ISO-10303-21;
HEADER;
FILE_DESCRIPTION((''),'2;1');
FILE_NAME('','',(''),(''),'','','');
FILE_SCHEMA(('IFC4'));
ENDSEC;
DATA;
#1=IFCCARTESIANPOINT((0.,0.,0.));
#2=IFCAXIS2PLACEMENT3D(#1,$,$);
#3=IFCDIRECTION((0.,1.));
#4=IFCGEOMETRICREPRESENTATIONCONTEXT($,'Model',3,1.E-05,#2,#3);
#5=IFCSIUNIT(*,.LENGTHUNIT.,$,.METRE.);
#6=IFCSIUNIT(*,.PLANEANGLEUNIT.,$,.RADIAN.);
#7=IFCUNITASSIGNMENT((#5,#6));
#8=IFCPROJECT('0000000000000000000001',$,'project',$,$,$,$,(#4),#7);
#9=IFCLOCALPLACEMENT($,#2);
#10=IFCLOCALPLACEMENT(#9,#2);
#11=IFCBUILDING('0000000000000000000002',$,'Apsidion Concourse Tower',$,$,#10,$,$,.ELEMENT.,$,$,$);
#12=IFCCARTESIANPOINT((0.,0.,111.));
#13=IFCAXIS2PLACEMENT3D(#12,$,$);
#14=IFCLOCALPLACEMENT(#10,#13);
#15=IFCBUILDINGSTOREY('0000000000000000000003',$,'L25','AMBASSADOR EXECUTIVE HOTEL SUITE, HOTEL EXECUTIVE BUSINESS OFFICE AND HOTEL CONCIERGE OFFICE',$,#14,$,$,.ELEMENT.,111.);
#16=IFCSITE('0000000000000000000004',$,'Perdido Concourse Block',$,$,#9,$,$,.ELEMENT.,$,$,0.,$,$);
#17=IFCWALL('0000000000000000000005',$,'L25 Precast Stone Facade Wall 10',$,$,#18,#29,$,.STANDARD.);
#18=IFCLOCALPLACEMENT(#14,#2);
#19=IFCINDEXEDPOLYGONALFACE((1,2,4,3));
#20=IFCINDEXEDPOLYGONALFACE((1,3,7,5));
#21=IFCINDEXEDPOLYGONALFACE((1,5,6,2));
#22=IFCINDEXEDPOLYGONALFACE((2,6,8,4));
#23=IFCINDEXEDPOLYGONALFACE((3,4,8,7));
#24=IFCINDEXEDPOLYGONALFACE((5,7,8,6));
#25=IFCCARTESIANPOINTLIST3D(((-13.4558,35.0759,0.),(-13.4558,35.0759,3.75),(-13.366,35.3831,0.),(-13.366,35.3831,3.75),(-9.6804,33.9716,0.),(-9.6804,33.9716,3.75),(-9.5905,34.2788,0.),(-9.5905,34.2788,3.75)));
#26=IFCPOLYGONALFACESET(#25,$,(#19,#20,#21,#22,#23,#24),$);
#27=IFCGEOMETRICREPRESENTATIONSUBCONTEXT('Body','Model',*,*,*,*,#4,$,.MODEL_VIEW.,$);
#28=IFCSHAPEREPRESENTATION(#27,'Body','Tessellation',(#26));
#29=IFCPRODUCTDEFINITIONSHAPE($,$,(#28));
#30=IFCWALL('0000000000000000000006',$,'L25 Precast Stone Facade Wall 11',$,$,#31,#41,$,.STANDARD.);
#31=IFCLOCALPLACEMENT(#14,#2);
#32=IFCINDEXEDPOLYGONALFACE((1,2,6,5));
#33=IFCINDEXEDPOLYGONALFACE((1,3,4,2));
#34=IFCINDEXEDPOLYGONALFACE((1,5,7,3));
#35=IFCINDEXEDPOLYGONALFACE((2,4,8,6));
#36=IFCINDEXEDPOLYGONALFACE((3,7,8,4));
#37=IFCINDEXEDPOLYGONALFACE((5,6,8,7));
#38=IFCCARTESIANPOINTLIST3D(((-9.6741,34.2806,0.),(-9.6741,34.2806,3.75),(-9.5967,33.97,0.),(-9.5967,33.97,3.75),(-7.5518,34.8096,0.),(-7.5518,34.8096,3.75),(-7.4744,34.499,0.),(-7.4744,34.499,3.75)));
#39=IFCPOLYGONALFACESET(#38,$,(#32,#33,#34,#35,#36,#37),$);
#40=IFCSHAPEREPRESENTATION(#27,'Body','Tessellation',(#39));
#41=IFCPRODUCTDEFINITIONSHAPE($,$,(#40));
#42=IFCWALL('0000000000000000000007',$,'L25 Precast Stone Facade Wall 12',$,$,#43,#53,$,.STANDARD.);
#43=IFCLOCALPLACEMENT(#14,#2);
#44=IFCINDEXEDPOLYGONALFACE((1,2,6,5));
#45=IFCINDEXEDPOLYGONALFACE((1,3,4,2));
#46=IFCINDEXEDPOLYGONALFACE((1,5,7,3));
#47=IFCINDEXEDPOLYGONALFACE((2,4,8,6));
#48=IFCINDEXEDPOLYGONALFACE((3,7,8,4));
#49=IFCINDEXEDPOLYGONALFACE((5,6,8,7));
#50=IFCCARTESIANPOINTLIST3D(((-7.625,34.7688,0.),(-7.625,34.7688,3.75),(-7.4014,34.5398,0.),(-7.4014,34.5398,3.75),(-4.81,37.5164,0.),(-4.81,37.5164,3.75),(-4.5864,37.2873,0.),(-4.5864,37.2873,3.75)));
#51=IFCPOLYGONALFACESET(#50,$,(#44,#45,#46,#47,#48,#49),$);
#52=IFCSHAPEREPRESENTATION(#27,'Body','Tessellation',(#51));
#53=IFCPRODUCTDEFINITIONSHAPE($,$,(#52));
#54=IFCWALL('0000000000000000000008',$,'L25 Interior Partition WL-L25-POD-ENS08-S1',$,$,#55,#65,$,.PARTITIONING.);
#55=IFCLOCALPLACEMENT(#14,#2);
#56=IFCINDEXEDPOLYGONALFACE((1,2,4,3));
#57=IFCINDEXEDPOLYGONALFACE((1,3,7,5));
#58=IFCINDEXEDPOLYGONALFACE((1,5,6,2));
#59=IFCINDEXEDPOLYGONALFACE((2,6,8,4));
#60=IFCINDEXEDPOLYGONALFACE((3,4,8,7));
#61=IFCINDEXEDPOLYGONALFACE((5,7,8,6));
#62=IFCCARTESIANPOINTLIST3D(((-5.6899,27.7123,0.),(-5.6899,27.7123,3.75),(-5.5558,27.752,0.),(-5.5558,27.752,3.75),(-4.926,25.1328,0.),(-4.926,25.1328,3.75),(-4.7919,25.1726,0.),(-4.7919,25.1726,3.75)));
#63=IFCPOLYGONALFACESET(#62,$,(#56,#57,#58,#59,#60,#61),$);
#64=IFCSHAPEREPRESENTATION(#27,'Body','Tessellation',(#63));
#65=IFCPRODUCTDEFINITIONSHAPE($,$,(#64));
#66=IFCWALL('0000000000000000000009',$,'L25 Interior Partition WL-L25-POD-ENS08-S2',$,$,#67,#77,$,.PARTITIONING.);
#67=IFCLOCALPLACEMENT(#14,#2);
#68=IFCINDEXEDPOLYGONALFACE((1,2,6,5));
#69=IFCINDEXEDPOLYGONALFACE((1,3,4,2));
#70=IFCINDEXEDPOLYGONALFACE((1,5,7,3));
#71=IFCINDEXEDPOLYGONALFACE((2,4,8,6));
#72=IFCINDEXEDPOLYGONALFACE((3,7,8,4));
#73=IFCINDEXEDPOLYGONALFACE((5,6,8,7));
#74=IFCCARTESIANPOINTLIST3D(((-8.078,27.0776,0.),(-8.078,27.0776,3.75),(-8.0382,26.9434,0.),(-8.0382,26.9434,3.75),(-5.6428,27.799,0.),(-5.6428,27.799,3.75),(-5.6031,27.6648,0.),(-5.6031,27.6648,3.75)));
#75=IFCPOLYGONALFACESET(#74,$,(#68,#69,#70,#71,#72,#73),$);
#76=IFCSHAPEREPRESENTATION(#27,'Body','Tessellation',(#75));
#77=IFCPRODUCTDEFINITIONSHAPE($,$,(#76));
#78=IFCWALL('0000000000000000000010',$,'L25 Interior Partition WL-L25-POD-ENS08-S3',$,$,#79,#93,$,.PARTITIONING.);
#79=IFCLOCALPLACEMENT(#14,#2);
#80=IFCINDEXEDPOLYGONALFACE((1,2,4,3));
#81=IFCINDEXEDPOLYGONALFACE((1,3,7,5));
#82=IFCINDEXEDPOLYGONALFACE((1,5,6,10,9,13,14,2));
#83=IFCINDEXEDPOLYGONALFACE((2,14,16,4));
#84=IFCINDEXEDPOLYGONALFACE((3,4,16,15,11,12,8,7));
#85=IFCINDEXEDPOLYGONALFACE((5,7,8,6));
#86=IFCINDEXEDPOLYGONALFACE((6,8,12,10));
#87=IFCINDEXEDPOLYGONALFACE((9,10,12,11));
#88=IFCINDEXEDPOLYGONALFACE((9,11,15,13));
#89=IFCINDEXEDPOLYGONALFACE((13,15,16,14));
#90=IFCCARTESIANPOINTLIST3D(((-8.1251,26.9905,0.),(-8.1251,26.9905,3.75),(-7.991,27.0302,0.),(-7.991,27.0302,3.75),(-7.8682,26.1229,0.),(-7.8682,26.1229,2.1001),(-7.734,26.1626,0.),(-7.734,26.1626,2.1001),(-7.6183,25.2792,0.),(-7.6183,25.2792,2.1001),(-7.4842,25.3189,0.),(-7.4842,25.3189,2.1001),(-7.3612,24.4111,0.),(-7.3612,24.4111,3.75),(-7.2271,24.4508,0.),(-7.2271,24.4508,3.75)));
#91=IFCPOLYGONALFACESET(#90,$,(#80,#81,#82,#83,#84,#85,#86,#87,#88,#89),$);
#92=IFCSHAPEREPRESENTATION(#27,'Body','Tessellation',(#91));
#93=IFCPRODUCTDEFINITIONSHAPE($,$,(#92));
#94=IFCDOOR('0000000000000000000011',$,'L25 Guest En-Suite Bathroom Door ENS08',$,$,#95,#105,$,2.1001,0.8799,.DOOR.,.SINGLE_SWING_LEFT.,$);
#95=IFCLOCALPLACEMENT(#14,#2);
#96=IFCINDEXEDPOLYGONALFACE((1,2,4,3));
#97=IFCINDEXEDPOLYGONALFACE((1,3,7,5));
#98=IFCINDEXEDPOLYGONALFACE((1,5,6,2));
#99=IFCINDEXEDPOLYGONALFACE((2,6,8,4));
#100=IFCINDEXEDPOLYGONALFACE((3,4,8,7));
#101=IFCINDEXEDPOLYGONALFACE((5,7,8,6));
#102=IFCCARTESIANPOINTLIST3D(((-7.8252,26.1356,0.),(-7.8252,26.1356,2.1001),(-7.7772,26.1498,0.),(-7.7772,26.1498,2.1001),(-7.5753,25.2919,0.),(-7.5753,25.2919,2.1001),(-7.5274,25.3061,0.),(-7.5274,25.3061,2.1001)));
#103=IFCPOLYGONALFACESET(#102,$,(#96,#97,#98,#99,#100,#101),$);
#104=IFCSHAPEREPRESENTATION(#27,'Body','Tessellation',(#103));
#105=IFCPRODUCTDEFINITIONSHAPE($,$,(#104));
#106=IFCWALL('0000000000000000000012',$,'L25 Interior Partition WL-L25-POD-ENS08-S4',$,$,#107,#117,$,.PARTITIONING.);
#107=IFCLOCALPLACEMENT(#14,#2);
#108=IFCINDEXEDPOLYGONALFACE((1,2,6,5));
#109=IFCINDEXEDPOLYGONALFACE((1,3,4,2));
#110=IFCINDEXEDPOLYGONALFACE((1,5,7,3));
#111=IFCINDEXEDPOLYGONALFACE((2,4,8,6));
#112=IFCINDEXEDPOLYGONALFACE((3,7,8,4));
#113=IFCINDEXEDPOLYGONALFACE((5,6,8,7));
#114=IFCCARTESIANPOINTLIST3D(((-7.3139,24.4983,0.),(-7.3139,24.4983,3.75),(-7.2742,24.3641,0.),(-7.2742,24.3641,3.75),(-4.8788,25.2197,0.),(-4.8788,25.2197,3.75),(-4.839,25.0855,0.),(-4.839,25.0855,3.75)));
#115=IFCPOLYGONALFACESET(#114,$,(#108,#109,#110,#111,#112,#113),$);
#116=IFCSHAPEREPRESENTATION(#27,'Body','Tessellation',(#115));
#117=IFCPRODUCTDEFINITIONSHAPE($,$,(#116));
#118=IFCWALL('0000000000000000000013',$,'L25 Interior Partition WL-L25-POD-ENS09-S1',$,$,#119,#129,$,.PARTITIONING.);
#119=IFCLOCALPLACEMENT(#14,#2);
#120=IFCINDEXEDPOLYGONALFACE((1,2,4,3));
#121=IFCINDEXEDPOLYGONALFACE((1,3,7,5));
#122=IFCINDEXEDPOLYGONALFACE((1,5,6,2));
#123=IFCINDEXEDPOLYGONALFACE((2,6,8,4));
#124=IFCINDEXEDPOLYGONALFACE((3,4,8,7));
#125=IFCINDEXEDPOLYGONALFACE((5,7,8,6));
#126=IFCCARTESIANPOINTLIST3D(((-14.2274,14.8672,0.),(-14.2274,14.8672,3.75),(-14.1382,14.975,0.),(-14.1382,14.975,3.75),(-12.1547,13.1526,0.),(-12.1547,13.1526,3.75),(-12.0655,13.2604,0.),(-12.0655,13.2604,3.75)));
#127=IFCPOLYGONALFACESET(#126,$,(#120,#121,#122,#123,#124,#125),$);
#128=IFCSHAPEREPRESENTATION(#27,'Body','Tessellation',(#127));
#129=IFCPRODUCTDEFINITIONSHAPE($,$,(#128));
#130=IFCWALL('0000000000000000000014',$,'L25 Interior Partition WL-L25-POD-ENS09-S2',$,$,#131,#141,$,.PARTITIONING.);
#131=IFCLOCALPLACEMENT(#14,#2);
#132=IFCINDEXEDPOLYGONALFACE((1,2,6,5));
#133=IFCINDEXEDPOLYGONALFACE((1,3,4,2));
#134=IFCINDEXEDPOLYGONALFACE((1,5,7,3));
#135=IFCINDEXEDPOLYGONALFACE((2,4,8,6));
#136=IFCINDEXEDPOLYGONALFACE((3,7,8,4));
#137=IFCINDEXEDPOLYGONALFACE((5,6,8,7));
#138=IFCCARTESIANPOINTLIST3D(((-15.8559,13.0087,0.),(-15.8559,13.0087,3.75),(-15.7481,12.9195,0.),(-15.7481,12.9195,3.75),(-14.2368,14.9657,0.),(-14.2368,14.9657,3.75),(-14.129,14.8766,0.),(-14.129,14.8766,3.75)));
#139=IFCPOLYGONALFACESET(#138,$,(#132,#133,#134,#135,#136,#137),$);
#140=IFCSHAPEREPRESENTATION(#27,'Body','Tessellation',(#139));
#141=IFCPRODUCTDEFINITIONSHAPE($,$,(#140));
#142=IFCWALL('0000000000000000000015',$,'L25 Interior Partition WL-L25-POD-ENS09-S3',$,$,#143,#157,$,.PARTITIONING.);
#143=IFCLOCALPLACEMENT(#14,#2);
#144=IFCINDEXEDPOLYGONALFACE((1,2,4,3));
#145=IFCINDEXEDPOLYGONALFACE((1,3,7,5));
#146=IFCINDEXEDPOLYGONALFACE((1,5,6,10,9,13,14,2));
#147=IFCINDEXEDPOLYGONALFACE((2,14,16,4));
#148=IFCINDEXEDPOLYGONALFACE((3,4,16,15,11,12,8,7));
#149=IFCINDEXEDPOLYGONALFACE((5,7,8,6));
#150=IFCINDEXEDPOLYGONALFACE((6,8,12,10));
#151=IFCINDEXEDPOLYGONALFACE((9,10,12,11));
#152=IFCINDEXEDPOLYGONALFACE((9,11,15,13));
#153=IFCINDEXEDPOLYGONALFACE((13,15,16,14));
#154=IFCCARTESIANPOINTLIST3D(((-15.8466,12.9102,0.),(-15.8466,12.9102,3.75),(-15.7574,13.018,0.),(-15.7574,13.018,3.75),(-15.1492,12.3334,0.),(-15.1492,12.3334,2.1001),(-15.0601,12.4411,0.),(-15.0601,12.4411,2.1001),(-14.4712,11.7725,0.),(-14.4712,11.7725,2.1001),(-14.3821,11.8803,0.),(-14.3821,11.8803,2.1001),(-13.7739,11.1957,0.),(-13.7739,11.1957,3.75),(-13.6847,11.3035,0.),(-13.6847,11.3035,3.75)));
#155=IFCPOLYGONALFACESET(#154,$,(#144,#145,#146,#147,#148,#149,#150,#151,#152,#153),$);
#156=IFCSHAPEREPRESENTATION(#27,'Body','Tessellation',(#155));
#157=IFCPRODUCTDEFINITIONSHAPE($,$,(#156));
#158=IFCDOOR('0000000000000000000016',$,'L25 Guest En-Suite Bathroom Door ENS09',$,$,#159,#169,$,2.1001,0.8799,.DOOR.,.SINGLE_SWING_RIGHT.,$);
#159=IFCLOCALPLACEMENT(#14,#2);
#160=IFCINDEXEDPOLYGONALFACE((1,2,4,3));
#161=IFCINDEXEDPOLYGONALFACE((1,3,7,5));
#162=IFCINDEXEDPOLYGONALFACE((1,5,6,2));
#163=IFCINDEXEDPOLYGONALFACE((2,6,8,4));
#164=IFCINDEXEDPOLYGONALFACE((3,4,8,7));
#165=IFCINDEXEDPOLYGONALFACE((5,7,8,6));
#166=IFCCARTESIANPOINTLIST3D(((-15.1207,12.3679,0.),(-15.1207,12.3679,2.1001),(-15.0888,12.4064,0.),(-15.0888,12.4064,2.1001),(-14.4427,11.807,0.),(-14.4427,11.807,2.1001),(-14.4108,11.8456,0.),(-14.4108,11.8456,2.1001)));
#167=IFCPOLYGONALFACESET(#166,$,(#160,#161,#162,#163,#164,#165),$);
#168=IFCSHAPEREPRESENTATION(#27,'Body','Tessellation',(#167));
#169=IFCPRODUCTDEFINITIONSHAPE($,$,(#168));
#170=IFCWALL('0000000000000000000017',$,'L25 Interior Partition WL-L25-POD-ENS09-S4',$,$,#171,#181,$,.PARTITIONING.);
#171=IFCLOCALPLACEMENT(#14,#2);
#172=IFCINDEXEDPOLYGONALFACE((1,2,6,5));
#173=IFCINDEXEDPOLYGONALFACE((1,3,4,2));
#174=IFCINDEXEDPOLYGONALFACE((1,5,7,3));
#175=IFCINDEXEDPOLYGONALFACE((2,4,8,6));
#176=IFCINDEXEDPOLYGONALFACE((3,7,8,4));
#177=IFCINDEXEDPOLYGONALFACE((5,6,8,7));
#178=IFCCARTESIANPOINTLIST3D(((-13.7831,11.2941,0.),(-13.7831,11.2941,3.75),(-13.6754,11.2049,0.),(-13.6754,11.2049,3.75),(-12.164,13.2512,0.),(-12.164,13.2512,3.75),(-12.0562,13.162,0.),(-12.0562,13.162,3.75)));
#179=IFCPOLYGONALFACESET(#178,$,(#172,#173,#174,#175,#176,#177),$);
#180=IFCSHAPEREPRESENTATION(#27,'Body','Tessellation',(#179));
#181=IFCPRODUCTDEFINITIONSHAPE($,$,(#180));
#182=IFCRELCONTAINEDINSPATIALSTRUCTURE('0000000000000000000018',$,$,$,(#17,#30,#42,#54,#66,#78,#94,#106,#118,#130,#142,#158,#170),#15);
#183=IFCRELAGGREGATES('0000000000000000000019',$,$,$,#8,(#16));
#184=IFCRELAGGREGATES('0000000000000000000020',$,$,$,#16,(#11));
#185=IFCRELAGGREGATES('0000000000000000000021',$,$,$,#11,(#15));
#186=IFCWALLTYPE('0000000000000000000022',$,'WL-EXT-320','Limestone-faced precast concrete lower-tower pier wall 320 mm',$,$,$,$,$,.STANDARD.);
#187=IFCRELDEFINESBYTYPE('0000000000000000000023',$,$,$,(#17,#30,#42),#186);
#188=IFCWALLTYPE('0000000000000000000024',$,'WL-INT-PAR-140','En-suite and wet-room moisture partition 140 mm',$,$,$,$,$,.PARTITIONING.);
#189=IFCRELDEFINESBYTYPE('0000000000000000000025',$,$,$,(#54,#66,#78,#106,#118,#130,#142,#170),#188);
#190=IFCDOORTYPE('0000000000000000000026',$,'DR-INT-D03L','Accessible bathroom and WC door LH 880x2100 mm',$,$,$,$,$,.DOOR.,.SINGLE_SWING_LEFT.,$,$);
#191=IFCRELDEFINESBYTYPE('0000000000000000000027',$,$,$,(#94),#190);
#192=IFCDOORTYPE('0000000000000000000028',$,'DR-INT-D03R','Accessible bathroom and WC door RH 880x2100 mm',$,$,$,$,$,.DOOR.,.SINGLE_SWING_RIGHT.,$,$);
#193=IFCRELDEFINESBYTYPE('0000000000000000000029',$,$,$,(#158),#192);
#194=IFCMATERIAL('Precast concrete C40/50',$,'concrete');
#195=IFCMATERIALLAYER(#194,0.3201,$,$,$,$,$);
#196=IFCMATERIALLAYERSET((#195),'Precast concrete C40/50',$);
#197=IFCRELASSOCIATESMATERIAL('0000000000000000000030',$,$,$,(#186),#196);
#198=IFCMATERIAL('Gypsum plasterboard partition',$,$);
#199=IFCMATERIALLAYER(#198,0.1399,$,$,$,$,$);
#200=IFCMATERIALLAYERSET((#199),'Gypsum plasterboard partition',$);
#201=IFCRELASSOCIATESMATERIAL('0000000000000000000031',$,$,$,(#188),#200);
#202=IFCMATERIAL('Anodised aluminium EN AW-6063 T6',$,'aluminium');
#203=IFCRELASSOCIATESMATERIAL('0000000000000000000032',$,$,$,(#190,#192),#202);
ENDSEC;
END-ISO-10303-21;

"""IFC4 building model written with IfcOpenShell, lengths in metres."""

from ifc_helpers import new_model, si_unit, direction, frame, frame_2d, origin, place, context, subcontext, project, spatial, rectangle, extrude, material, layer, layer_set, type_object, element, fill, save


model = new_model("IFC4")

# Units and contexts
model_context = context("Model", 3, precision=1e-05, world=origin(), true_north=direction((0.0, 1.0)))
body_context = subcontext(model_context, "Body", "Model", "MODEL_VIEW")
ifc_project = project(units=[si_unit("LENGTHUNIT", "METRE"), si_unit("PLANEANGLEUNIT", "RADIAN")], contexts=[model_context])

# Site, building, storey
site_placement = place(None, origin())
site = spatial("IfcSite", under=ifc_project, at=site_placement, Name="Perdido Concourse Block", CompositionType="ELEMENT", RefElevation=0.0)
building_placement = place(site_placement, origin())
building = spatial("IfcBuilding", under=site, at=building_placement, Name="Apsidion Concourse Tower", CompositionType="ELEMENT")
storey_placement = place(building_placement, frame((0.0, 0.0, 111.0)))
storey = spatial("IfcBuildingStorey", under=building, at=storey_placement, Name="L25", Description="AMBASSADOR EXECUTIVE HOTEL SUITE, HOTEL EXECUTIVE BUSINESS OFFICE AND HOTEL CONCIERGE OFFICE", CompositionType="ELEMENT", Elevation=111.0)

# Shared definitions
ifc_material_1 = material(Name="Precast concrete C40/50", Category="concrete")
ifc_layer_1 = layer(ifc_material_1, 0.3201)
ifc_layer_set_1 = layer_set([ifc_layer_1], Name="Precast concrete C40/50")
wall_type_1 = type_object("IfcWallType", Name="WL-EXT-320", Description="Limestone-faced precast concrete lower-tower pier wall 320 mm", PredefinedType="STANDARD", material=ifc_layer_set_1)
ifc_material_2 = material(Name="Anodised aluminium EN AW-6063 T6", Category="aluminium")

# Walls
wall_1_placement = place(storey_placement, frame((-13.4109, 35.2295, 0.0), z_axis=(0.0, 0.0, 1.0), x_axis=(0.959788, -0.280724, 0.0)))
element("IfcWall", 1, at=wall_1_placement, inside=storey, type_object=wall_type_1, Name="L25 Precast Stone Facade Wall 10", PredefinedType="STANDARD", context=body_context, shape_type="SweptSolid", body=[
    extrude(rectangle(XDim=3.9336, YDim=0.3201, at=frame_2d((1.9668, 0.0))), origin(), (0.0, 0.0, 1.0), 3.75),
])
wall_2_placement = place(storey_placement, frame((-9.6355, 34.1252, 0.0), z_axis=(0.0, 0.0, 1.0), x_axis=(0.970306, 0.241879, 0.0)))
element("IfcWall", 2, at=wall_2_placement, inside=storey, type_object=wall_type_1, Name="L25 Precast Stone Facade Wall 11", PredefinedType="STANDARD", context=body_context, shape_type="SweptSolid", body=[
    extrude(rectangle(XDim=2.1873, YDim=0.3201, at=frame_2d((1.0938, 0.0))), origin(), (0.0, 0.0, 1.0), 3.75),
])
wall_3_placement = place(storey_placement, frame((-7.5132, 34.6543, 0.0), z_axis=(0.0, 0.0, 1.0), x_axis=(0.71562, 0.69849, 0.0)))
element("IfcWall", 3, at=wall_3_placement, inside=storey, type_object=wall_type_1, Name="L25 Precast Stone Facade Wall 12", PredefinedType="STANDARD", context=body_context, shape_type="SweptSolid", body=[
    extrude(rectangle(XDim=3.9336, YDim=0.3201, at=frame_2d((1.9668, 0.0))), origin(), (0.0, 0.0, 1.0), 3.75),
])
ifc_material_3 = material(Name="Gypsum plasterboard partition")
ifc_layer_2 = layer(ifc_material_3, 0.1399)
ifc_layer_set_2 = layer_set([ifc_layer_2], Name="Gypsum plasterboard partition")
wall_type_2 = type_object("IfcWallType", Name="WL-INT-PAR-140", Description="En-suite and wet-room moisture partition 140 mm", PredefinedType="PARTITIONING", material=ifc_layer_set_2)
wall_4_placement = place(storey_placement, frame((-4.8589, 25.1526, 0.0), z_axis=(0.0, 0.0, 1.0), x_axis=(-0.283974, 0.958832, 0.0)))
element("IfcWall", 4, at=wall_4_placement, inside=storey, type_object=wall_type_2, Name="L25 Interior Partition WL-L25-POD-ENS08-S1", PredefinedType="PARTITIONING", context=body_context, shape_type="SweptSolid", body=[
    extrude(rectangle(XDim=2.6902, YDim=0.1399, at=frame_2d((1.3452, 0.0))), origin(), (0.0, 0.0, 1.0), 3.75),
])
wall_5_placement = place(storey_placement, frame((-5.6228, 27.7319, 0.0), z_axis=(0.0, 0.0, 1.0), x_axis=(-0.958813, -0.284039, 0.0)))
element("IfcWall", 5, at=wall_5_placement, inside=storey, type_object=wall_type_2, Name="L25 Interior Partition WL-L25-POD-ENS08-S2", PredefinedType="PARTITIONING", context=body_context, shape_type="SweptSolid", body=[
    extrude(rectangle(XDim=2.5398, YDim=0.1399, at=frame_2d((1.27, 0.0))), origin(), (0.0, 0.0, 1.0), 3.75),
])

# Wall, opening, door
wall_6_placement = place(storey_placement, frame((-8.0581, 27.0105, 0.0), z_axis=(0.0, 0.0, 1.0), x_axis=(0.283974, -0.958832, 0.0)))
wall_6 = element("IfcWall", 6, at=wall_6_placement, inside=storey, type_object=wall_type_2, Name="L25 Interior Partition WL-L25-POD-ENS08-S3", PredefinedType="PARTITIONING", context=body_context, shape_type="SweptSolid", body=[
    extrude(rectangle(XDim=2.6902, YDim=0.1399, at=frame_2d((1.3452, 0.0))), origin(), (0.0, 0.0, 1.0), 3.75),
])
opening_1_placement = place(wall_6_placement, frame((0.905, 0.0, 0.0)))
opening_1 = element("IfcOpeningElement", 7, at=opening_1_placement, cuts=wall_6, PredefinedType="OPENING", context=body_context, shape_type="SweptSolid", body=[
    extrude(rectangle(XDim=0.8799, YDim=2.1001, at=frame_2d((0.4399, 1.05))), frame((0.0, 0.0801, 0.0), z_axis=(0.0, -1.0, 0.0), x_axis=(1.0, 0.0, 0.0)), (0.0, 0.0, 1.0), 0.1599),
])
door_type_1 = type_object("IfcDoorType", Name="DR-INT-D03L", Description="Accessible bathroom and WC door LH 880x2100 mm", OperationType="SINGLE_SWING_LEFT", PredefinedType="DOOR", material=ifc_material_2)
door_1_placement = place(opening_1_placement, origin())
door_1 = element("IfcDoor", 8, at=door_1_placement, inside=storey, type_object=door_type_1, Name="L25 Guest En-Suite Bathroom Door ENS08", OperationType="SINGLE_SWING_LEFT", OverallHeight=2.1001, OverallWidth=0.8799, PredefinedType="DOOR", context=body_context, shape_type="SweptSolid", body=[
    extrude(rectangle(XDim=0.8799, YDim=2.1001, at=frame_2d((0.4399, 1.05))), frame((0.0, 0.0249, 0.0), z_axis=(0.0, -1.0, 0.0), x_axis=(1.0, 0.0, 0.0)), (0.0, 0.0, 1.0), 0.05),
])
fill(opening_1, door_1)

# Walls
wall_7_placement = place(storey_placement, frame((-7.2942, 24.4312, 0.0), z_axis=(0.0, 0.0, 1.0), x_axis=(0.958813, 0.284039, 0.0)))
element("IfcWall", 9, at=wall_7_placement, inside=storey, type_object=wall_type_2, Name="L25 Interior Partition WL-L25-POD-ENS08-S4", PredefinedType="PARTITIONING", context=body_context, shape_type="SweptSolid", body=[
    extrude(rectangle(XDim=2.5398, YDim=0.1399, at=frame_2d((1.27, 0.0))), origin(), (0.0, 0.0, 1.0), 3.75),
])
wall_8_placement = place(storey_placement, frame((-12.1101, 13.2065, 0.0), z_axis=(0.0, 0.0, 1.0), x_axis=(-0.770537, 0.637395, 0.0)))
element("IfcWall", 10, at=wall_8_placement, inside=storey, type_object=wall_type_2, Name="L25 Interior Partition WL-L25-POD-ENS09-S1", PredefinedType="PARTITIONING", context=body_context, shape_type="SweptSolid", body=[
    extrude(rectangle(XDim=2.6899, YDim=0.1399, at=frame_2d((1.345, 0.0))), origin(), (0.0, 0.0, 1.0), 3.75),
])
wall_9_placement = place(storey_placement, frame((-14.1829, 14.9211, 0.0), z_axis=(0.0, 0.0, 1.0), x_axis=(-0.637458, -0.770485, 0.0)))
element("IfcWall", 11, at=wall_9_placement, inside=storey, type_object=wall_type_2, Name="L25 Interior Partition WL-L25-POD-ENS09-S2", PredefinedType="PARTITIONING", context=body_context, shape_type="SweptSolid", body=[
    extrude(rectangle(XDim=2.54, YDim=0.1399, at=frame_2d((1.27, 0.0))), origin(), (0.0, 0.0, 1.0), 3.75),
])

# Wall, opening, door
wall_10_placement = place(storey_placement, frame((-15.802, 12.9641, 0.0), z_axis=(0.0, 0.0, 1.0), x_axis=(0.770537, -0.637395, 0.0)))
wall_10 = element("IfcWall", 12, at=wall_10_placement, inside=storey, type_object=wall_type_2, Name="L25 Interior Partition WL-L25-POD-ENS09-S3", PredefinedType="PARTITIONING", context=body_context, shape_type="SweptSolid", body=[
    extrude(rectangle(XDim=2.6899, YDim=0.1399, at=frame_2d((1.345, 0.0))), origin(), (0.0, 0.0, 1.0), 3.75),
])
opening_2_placement = place(wall_10_placement, frame((0.905, 0.0, 0.0)))
opening_2 = element("IfcOpeningElement", 13, at=opening_2_placement, cuts=wall_10, PredefinedType="OPENING", context=body_context, shape_type="SweptSolid", body=[
    extrude(rectangle(XDim=0.8799, YDim=2.1001, at=frame_2d((0.4399, 1.05))), frame((0.0, 0.0801, 0.0), z_axis=(0.0, -1.0, 0.0), x_axis=(1.0, 0.0, 0.0)), (0.0, 0.0, 1.0), 0.1599),
])
door_type_2 = type_object("IfcDoorType", Name="DR-INT-D03R", Description="Accessible bathroom and WC door RH 880x2100 mm", OperationType="SINGLE_SWING_RIGHT", PredefinedType="DOOR", material=ifc_material_2)
door_2_placement = place(opening_2_placement, origin())
door_2 = element("IfcDoor", 14, at=door_2_placement, inside=storey, type_object=door_type_2, Name="L25 Guest En-Suite Bathroom Door ENS09", OperationType="SINGLE_SWING_RIGHT", OverallHeight=2.1001, OverallWidth=0.8799, PredefinedType="DOOR", context=body_context, shape_type="SweptSolid", body=[
    extrude(rectangle(XDim=0.8799, YDim=2.1001, at=frame_2d((0.4399, 1.05))), frame((0.0, 0.0249, 0.0), z_axis=(0.0, -1.0, 0.0), x_axis=(1.0, 0.0, 0.0)), (0.0, 0.0, 1.0), 0.05),
])
fill(opening_2, door_2)

# Wall
wall_11_placement = place(storey_placement, frame((-13.7292, 11.2495, 0.0), z_axis=(0.0, 0.0, 1.0), x_axis=(0.637458, 0.770485, 0.0)))
element("IfcWall", 15, at=wall_11_placement, inside=storey, type_object=wall_type_2, Name="L25 Interior Partition WL-L25-POD-ENS09-S4", PredefinedType="PARTITIONING", context=body_context, shape_type="SweptSolid", body=[
    extrude(rectangle(XDim=2.54, YDim=0.1399, at=frame_2d((1.27, 0.0))), origin(), (0.0, 0.0, 1.0), 3.75),
])

save(model, "model.ifc")
